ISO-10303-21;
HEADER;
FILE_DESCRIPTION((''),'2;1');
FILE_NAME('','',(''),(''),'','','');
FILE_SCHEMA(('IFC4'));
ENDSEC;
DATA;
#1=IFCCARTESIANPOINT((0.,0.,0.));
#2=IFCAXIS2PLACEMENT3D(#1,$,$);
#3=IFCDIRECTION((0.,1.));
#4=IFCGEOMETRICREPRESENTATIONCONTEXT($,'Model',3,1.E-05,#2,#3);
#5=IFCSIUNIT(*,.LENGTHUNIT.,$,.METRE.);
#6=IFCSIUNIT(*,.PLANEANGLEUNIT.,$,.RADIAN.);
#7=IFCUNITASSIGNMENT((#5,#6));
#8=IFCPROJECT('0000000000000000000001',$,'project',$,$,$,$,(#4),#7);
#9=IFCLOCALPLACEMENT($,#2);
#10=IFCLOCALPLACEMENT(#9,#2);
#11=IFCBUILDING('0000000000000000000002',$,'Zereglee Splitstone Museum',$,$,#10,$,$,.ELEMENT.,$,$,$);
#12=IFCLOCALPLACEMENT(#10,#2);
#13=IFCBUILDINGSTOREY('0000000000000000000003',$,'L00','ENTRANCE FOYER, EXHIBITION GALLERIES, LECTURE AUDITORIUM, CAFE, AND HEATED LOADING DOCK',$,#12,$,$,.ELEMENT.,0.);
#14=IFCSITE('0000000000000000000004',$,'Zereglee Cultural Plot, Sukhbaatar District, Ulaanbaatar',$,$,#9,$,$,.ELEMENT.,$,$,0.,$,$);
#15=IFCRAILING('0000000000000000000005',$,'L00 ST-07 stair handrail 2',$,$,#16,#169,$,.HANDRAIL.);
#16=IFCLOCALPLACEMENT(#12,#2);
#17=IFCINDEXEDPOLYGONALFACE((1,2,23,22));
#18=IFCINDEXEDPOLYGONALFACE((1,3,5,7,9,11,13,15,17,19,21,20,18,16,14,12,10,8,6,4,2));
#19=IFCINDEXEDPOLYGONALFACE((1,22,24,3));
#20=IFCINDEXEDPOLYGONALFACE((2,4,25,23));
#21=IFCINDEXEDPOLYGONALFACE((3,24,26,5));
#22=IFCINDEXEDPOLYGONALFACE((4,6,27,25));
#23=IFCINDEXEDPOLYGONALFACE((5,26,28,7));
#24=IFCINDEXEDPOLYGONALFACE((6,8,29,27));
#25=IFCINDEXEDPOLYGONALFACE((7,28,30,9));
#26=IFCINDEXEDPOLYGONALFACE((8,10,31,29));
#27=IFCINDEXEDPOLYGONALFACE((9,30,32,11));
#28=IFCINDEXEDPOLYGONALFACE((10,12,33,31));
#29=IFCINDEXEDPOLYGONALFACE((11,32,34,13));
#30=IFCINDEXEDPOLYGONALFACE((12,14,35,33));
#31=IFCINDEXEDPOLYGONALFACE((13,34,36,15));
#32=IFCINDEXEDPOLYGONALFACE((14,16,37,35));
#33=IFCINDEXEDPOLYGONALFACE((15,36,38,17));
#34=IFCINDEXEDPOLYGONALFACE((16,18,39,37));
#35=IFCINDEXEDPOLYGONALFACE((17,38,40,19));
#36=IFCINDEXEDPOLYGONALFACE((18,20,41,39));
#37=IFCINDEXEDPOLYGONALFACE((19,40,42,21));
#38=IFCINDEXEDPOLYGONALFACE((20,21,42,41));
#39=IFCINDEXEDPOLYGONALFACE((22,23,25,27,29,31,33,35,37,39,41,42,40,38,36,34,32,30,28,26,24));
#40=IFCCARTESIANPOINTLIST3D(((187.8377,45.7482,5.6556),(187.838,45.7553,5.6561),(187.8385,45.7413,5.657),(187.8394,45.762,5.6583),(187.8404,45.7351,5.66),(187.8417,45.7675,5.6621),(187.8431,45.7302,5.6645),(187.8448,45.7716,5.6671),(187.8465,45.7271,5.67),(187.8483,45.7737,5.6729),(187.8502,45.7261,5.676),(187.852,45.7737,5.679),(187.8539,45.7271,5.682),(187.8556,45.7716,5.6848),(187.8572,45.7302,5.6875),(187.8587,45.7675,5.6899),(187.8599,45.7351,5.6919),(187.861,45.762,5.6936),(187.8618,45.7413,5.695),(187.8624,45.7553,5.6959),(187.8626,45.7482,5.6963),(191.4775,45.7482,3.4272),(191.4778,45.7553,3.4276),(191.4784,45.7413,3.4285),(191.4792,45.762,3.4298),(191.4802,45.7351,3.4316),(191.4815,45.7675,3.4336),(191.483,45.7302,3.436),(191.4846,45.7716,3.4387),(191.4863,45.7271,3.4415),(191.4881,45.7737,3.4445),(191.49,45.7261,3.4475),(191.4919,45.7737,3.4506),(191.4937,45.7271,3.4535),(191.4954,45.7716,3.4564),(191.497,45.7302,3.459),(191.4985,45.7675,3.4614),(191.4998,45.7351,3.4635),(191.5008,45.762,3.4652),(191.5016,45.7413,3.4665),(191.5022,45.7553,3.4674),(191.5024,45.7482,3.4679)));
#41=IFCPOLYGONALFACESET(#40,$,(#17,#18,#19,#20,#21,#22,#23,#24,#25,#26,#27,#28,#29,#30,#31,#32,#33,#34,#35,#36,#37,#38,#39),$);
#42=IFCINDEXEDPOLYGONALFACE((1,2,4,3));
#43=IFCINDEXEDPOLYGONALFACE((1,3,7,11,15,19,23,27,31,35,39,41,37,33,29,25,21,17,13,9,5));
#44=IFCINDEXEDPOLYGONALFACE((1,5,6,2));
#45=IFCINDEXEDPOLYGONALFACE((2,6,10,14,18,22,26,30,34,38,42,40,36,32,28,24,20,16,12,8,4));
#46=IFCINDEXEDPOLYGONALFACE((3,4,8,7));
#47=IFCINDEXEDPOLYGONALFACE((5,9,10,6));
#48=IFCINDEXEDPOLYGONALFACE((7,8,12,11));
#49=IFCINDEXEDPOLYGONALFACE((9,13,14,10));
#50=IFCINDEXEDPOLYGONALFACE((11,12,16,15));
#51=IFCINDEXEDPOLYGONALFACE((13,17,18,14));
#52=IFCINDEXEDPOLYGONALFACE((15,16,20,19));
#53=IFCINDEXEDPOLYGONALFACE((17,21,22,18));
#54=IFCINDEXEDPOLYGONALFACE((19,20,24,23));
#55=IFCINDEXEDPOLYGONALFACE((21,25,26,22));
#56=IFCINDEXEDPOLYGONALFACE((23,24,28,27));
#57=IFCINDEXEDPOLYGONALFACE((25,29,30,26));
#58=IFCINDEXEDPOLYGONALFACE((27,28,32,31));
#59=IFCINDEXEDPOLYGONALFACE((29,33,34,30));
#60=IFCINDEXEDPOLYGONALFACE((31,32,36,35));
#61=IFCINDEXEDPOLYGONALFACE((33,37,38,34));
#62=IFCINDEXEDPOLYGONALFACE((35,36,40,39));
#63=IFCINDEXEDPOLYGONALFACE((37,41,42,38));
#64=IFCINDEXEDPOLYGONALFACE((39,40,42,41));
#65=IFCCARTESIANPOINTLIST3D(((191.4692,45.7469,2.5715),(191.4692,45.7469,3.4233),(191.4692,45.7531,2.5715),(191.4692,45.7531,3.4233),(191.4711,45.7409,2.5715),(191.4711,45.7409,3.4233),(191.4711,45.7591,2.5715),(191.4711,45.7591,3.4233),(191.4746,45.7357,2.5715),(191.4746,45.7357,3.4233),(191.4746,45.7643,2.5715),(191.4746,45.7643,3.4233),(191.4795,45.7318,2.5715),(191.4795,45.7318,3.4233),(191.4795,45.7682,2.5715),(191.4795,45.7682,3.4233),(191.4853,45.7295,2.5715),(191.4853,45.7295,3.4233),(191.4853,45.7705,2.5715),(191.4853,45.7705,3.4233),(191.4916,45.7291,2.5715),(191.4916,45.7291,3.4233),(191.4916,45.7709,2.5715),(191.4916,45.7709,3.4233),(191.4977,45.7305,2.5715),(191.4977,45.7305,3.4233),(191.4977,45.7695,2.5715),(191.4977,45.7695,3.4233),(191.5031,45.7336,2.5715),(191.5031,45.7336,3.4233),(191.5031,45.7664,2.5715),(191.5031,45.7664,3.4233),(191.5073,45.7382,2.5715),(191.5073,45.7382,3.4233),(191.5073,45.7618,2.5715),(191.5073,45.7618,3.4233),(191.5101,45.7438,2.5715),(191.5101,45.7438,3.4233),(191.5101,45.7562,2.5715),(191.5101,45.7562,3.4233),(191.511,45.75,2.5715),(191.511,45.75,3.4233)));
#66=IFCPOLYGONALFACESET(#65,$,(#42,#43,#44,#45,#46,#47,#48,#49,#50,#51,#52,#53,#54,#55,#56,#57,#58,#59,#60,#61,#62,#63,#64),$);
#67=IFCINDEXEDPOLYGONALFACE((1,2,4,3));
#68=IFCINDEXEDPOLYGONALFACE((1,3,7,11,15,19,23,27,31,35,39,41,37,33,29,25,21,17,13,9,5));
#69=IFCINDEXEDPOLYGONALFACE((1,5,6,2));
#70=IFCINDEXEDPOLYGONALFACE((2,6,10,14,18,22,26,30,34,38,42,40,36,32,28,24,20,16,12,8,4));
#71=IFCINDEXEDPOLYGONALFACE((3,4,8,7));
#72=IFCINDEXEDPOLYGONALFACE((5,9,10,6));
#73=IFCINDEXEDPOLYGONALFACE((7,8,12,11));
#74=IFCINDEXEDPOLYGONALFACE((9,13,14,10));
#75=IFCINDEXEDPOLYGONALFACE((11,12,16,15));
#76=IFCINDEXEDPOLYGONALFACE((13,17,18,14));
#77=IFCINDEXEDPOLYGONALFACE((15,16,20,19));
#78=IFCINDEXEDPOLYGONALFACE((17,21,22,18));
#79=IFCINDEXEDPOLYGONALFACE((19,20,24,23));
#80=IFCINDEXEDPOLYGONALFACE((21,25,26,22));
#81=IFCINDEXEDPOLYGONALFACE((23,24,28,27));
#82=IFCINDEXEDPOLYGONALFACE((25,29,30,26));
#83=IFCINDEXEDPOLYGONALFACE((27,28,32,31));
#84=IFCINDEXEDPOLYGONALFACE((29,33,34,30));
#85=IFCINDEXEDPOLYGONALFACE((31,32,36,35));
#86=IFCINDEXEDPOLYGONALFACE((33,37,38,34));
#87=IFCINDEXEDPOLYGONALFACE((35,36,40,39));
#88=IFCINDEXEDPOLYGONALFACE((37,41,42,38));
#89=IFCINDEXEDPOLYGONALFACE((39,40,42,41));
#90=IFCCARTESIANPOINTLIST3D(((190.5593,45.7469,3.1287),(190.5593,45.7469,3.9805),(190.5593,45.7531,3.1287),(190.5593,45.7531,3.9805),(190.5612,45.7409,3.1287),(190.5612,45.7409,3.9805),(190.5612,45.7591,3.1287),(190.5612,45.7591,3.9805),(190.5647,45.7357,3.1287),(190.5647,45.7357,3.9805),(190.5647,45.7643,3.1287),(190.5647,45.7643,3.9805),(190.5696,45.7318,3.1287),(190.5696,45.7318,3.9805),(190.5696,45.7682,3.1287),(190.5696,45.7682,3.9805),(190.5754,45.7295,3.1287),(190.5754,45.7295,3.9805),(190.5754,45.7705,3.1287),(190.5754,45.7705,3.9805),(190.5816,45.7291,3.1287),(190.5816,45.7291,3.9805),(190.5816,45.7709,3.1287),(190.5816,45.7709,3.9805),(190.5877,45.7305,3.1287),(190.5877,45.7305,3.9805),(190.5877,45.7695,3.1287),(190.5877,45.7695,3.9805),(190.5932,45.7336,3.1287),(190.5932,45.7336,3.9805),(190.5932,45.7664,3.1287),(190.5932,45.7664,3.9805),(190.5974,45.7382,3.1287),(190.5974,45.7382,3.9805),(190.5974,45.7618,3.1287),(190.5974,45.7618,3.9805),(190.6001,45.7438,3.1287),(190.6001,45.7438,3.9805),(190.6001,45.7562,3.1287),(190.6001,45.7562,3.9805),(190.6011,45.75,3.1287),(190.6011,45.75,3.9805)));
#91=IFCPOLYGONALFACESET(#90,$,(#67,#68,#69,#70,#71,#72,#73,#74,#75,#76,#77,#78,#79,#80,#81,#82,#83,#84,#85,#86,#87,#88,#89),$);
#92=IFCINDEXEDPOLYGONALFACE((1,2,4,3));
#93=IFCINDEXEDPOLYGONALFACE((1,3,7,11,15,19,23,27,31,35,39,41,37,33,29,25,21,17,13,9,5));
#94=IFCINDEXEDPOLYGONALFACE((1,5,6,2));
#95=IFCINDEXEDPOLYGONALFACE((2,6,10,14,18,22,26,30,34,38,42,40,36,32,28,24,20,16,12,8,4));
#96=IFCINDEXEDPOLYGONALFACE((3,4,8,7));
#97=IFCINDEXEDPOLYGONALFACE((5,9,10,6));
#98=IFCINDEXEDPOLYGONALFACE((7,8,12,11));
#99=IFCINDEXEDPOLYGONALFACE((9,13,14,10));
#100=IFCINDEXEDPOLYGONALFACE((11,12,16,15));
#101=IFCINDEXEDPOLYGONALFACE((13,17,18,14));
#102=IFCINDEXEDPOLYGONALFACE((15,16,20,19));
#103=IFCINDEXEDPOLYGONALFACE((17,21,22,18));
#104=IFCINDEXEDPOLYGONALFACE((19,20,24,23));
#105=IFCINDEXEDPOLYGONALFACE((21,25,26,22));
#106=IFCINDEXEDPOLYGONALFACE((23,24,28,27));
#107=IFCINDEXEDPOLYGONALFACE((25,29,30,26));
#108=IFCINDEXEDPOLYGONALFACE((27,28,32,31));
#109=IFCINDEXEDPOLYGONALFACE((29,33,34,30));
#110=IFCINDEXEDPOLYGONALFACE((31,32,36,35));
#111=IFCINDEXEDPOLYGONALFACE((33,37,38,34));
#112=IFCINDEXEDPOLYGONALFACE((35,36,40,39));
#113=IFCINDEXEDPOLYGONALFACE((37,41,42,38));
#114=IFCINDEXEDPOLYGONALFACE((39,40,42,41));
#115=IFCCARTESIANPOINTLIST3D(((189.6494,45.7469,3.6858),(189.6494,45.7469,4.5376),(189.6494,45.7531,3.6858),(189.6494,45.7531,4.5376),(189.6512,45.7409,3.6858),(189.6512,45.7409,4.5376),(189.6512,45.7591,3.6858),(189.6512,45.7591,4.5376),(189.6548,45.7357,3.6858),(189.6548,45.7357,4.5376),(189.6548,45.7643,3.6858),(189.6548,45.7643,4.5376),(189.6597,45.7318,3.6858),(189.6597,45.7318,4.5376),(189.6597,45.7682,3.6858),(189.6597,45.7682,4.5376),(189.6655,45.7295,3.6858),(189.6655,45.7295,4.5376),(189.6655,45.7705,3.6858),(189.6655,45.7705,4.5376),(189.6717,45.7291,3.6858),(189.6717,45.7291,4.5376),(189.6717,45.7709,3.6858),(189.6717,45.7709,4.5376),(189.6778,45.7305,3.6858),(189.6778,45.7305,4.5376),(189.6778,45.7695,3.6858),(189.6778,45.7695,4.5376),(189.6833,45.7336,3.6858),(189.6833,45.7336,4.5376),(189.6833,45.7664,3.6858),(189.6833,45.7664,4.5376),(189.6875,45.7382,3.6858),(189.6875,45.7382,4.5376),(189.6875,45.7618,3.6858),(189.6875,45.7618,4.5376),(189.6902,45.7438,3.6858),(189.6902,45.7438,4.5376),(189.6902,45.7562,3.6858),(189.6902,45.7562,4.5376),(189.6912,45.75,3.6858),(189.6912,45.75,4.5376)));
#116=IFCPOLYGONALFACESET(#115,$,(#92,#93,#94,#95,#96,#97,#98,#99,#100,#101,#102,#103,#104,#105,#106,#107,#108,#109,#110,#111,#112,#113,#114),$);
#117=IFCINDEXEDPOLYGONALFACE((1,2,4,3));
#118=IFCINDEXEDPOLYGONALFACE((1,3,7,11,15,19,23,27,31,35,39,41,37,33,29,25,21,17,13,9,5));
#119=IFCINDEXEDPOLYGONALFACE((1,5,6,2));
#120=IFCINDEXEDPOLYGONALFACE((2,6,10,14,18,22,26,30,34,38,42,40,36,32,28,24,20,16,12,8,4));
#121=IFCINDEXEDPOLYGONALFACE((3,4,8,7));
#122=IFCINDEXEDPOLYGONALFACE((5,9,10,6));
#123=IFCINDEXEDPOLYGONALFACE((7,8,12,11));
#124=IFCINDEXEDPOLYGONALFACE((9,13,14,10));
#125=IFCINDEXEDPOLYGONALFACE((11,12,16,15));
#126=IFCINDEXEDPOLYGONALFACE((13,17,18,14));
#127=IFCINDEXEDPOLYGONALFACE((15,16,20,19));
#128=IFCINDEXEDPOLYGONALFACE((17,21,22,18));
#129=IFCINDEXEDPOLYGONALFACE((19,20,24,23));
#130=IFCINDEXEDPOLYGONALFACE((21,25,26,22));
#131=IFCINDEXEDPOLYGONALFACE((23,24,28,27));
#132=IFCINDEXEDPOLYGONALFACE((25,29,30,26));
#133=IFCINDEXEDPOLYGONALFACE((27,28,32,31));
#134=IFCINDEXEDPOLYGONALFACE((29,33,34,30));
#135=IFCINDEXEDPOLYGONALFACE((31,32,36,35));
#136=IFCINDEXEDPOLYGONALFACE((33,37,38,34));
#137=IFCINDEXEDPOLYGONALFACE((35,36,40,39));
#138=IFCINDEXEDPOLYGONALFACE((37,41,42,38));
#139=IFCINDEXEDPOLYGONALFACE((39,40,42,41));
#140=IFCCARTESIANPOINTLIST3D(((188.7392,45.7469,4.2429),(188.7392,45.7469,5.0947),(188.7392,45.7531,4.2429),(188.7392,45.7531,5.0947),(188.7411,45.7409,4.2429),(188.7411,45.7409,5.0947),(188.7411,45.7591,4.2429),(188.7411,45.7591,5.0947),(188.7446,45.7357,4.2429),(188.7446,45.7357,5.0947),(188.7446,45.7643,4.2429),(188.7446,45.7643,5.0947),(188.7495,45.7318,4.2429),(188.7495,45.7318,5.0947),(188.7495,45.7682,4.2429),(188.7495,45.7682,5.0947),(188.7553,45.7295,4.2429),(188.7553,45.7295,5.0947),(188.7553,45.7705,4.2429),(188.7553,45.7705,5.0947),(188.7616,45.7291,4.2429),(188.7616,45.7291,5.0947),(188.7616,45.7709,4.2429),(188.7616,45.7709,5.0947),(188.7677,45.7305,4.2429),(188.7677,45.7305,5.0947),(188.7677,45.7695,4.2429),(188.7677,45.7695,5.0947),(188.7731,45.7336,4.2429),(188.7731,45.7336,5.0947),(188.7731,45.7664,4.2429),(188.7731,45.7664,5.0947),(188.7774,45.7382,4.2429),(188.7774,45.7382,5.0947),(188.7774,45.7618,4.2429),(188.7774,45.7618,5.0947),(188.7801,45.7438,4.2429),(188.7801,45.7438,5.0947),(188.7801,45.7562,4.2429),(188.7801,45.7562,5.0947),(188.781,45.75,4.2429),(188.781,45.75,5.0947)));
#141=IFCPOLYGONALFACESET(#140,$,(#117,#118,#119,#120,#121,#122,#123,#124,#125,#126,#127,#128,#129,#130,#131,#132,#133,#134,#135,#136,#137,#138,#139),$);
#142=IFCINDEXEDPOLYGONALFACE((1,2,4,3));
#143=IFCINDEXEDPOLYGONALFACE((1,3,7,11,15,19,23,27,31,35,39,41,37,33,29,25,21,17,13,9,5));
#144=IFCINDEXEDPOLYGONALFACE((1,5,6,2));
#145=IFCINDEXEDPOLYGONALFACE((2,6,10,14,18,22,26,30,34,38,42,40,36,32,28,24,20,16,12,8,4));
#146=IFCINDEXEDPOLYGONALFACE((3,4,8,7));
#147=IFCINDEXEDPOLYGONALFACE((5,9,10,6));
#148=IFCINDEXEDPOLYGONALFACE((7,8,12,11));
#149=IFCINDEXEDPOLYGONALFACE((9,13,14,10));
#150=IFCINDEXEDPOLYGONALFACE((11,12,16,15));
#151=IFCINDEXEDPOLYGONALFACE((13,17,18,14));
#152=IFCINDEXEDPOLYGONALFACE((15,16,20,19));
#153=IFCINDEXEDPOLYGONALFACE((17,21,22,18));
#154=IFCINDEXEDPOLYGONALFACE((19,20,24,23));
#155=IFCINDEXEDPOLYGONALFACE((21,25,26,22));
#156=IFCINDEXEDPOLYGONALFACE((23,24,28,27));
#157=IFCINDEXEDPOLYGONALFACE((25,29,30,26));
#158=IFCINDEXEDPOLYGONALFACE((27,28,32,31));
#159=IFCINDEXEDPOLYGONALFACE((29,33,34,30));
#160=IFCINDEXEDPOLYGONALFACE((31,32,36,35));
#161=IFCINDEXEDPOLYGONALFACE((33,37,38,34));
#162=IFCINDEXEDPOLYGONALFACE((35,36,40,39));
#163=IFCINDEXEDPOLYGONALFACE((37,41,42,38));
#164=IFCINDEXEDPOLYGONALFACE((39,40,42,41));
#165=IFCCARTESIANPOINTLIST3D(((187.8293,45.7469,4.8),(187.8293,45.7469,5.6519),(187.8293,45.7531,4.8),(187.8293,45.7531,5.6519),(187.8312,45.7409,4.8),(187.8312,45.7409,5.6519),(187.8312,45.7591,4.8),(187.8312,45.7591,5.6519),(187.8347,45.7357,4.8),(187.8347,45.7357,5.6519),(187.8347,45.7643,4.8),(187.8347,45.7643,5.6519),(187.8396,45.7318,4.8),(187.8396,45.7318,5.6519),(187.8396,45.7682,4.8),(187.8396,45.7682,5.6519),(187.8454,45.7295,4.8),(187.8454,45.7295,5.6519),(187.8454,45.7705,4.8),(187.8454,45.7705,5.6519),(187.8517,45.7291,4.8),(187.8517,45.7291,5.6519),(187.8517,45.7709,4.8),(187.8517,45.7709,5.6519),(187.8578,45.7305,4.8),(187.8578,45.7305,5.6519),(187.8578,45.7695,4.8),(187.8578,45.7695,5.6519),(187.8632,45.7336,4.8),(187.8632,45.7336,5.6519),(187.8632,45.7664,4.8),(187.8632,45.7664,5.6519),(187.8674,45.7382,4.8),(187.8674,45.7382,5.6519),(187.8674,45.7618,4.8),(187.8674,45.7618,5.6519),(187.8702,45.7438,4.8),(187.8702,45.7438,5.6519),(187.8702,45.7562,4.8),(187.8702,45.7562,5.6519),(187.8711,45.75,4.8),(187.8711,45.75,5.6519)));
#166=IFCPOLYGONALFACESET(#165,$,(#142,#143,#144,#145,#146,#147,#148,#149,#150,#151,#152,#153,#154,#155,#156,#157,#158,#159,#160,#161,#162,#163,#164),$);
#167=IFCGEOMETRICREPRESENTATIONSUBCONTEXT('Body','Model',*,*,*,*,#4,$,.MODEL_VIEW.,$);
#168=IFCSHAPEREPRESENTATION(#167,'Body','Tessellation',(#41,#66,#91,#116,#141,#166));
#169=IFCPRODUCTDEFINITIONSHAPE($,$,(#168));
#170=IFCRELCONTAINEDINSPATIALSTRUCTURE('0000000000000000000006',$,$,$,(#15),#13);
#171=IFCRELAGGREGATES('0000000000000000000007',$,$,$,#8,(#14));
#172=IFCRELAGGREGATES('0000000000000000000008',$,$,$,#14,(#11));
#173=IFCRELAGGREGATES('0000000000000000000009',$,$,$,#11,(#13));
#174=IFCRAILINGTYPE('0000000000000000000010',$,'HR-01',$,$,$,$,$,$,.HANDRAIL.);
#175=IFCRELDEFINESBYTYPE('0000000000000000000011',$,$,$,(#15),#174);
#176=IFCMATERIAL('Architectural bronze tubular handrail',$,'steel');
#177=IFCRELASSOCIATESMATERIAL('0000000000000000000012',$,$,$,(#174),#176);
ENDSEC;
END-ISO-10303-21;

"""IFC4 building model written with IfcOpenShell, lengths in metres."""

from ifc_helpers import new_model, si_unit, direction, frame, origin, origin_2d, place, context, subcontext, project, spatial, circle, extrude, material, type_object, element, save


model = new_model("IFC4")

# Units and contexts
model_context = context("Model", 3, precision=1e-05, world=origin(), true_north=direction((0.0, 1.0)))
body_context = subcontext(model_context, "Body", "Model", "MODEL_VIEW")
ifc_project = project(units=[si_unit("LENGTHUNIT", "METRE"), si_unit("PLANEANGLEUNIT", "RADIAN")], contexts=[model_context])

# Site, building, storey
site_placement = place(None, origin())
site = spatial("IfcSite", under=ifc_project, at=site_placement, Name="Zereglee Cultural Plot, Sukhbaatar District, Ulaanbaatar", CompositionType="ELEMENT", RefElevation=0.0)
building_placement = place(site_placement, origin())
building = spatial("IfcBuilding", under=site, at=building_placement, Name="Zereglee Splitstone Museum", CompositionType="ELEMENT")
storey_placement = place(building_placement, origin())
storey = spatial("IfcBuildingStorey", under=building, at=storey_placement, Name="L00", Description="ENTRANCE FOYER, EXHIBITION GALLERIES, LECTURE AUDITORIUM, CAFE, AND HEATED LOADING DOCK", CompositionType="ELEMENT", Elevation=0.0)

# Railing
ifc_material_1 = material(Name="Architectural bronze tubular handrail", Category="steel")
railing_type_1 = type_object("IfcRailingType", Name="HR-01", PredefinedType="HANDRAIL", material=ifc_material_1)
railing_1_placement = place(storey_placement, frame((191.49, 45.75, 2.5715)))
element("IfcRailing", 1, at=railing_1_placement, inside=storey, type_object=railing_type_1, Name="L00 ST-07 stair handrail 2", PredefinedType="HANDRAIL", context=body_context, shape_type="SweptSolid", body=[
    extrude(circle(Radius=0.0239, at=origin_2d()), frame((0.0, 0.0, 0.876), z_axis=(-0.85285, 0.0, 0.522156), x_axis=(0.0, -1.0, 0.0)), (0.0, 0.0, 1.0), 4.2678),
    extrude(circle(Radius=0.021, at=origin_2d()), origin(), (0.0, 0.0, 1.0), 0.8518),
    extrude(circle(Radius=0.021, at=origin_2d()), frame((-0.9099, 0.0, 0.5571)), (0.0, 0.0, 1.0), 0.8518),
    extrude(circle(Radius=0.021, at=origin_2d()), frame((-1.8198, 0.0, 1.1143)), (0.0, 0.0, 1.0), 0.8518),
    extrude(circle(Radius=0.021, at=origin_2d()), frame((-2.73, 0.0, 1.6714)), (0.0, 0.0, 1.0), 0.8518),
    extrude(circle(Radius=0.021, at=origin_2d()), frame((-3.6399, 0.0, 2.2285)), (0.0, 0.0, 1.0), 0.8518),
])

save(model, "model.ifc")
